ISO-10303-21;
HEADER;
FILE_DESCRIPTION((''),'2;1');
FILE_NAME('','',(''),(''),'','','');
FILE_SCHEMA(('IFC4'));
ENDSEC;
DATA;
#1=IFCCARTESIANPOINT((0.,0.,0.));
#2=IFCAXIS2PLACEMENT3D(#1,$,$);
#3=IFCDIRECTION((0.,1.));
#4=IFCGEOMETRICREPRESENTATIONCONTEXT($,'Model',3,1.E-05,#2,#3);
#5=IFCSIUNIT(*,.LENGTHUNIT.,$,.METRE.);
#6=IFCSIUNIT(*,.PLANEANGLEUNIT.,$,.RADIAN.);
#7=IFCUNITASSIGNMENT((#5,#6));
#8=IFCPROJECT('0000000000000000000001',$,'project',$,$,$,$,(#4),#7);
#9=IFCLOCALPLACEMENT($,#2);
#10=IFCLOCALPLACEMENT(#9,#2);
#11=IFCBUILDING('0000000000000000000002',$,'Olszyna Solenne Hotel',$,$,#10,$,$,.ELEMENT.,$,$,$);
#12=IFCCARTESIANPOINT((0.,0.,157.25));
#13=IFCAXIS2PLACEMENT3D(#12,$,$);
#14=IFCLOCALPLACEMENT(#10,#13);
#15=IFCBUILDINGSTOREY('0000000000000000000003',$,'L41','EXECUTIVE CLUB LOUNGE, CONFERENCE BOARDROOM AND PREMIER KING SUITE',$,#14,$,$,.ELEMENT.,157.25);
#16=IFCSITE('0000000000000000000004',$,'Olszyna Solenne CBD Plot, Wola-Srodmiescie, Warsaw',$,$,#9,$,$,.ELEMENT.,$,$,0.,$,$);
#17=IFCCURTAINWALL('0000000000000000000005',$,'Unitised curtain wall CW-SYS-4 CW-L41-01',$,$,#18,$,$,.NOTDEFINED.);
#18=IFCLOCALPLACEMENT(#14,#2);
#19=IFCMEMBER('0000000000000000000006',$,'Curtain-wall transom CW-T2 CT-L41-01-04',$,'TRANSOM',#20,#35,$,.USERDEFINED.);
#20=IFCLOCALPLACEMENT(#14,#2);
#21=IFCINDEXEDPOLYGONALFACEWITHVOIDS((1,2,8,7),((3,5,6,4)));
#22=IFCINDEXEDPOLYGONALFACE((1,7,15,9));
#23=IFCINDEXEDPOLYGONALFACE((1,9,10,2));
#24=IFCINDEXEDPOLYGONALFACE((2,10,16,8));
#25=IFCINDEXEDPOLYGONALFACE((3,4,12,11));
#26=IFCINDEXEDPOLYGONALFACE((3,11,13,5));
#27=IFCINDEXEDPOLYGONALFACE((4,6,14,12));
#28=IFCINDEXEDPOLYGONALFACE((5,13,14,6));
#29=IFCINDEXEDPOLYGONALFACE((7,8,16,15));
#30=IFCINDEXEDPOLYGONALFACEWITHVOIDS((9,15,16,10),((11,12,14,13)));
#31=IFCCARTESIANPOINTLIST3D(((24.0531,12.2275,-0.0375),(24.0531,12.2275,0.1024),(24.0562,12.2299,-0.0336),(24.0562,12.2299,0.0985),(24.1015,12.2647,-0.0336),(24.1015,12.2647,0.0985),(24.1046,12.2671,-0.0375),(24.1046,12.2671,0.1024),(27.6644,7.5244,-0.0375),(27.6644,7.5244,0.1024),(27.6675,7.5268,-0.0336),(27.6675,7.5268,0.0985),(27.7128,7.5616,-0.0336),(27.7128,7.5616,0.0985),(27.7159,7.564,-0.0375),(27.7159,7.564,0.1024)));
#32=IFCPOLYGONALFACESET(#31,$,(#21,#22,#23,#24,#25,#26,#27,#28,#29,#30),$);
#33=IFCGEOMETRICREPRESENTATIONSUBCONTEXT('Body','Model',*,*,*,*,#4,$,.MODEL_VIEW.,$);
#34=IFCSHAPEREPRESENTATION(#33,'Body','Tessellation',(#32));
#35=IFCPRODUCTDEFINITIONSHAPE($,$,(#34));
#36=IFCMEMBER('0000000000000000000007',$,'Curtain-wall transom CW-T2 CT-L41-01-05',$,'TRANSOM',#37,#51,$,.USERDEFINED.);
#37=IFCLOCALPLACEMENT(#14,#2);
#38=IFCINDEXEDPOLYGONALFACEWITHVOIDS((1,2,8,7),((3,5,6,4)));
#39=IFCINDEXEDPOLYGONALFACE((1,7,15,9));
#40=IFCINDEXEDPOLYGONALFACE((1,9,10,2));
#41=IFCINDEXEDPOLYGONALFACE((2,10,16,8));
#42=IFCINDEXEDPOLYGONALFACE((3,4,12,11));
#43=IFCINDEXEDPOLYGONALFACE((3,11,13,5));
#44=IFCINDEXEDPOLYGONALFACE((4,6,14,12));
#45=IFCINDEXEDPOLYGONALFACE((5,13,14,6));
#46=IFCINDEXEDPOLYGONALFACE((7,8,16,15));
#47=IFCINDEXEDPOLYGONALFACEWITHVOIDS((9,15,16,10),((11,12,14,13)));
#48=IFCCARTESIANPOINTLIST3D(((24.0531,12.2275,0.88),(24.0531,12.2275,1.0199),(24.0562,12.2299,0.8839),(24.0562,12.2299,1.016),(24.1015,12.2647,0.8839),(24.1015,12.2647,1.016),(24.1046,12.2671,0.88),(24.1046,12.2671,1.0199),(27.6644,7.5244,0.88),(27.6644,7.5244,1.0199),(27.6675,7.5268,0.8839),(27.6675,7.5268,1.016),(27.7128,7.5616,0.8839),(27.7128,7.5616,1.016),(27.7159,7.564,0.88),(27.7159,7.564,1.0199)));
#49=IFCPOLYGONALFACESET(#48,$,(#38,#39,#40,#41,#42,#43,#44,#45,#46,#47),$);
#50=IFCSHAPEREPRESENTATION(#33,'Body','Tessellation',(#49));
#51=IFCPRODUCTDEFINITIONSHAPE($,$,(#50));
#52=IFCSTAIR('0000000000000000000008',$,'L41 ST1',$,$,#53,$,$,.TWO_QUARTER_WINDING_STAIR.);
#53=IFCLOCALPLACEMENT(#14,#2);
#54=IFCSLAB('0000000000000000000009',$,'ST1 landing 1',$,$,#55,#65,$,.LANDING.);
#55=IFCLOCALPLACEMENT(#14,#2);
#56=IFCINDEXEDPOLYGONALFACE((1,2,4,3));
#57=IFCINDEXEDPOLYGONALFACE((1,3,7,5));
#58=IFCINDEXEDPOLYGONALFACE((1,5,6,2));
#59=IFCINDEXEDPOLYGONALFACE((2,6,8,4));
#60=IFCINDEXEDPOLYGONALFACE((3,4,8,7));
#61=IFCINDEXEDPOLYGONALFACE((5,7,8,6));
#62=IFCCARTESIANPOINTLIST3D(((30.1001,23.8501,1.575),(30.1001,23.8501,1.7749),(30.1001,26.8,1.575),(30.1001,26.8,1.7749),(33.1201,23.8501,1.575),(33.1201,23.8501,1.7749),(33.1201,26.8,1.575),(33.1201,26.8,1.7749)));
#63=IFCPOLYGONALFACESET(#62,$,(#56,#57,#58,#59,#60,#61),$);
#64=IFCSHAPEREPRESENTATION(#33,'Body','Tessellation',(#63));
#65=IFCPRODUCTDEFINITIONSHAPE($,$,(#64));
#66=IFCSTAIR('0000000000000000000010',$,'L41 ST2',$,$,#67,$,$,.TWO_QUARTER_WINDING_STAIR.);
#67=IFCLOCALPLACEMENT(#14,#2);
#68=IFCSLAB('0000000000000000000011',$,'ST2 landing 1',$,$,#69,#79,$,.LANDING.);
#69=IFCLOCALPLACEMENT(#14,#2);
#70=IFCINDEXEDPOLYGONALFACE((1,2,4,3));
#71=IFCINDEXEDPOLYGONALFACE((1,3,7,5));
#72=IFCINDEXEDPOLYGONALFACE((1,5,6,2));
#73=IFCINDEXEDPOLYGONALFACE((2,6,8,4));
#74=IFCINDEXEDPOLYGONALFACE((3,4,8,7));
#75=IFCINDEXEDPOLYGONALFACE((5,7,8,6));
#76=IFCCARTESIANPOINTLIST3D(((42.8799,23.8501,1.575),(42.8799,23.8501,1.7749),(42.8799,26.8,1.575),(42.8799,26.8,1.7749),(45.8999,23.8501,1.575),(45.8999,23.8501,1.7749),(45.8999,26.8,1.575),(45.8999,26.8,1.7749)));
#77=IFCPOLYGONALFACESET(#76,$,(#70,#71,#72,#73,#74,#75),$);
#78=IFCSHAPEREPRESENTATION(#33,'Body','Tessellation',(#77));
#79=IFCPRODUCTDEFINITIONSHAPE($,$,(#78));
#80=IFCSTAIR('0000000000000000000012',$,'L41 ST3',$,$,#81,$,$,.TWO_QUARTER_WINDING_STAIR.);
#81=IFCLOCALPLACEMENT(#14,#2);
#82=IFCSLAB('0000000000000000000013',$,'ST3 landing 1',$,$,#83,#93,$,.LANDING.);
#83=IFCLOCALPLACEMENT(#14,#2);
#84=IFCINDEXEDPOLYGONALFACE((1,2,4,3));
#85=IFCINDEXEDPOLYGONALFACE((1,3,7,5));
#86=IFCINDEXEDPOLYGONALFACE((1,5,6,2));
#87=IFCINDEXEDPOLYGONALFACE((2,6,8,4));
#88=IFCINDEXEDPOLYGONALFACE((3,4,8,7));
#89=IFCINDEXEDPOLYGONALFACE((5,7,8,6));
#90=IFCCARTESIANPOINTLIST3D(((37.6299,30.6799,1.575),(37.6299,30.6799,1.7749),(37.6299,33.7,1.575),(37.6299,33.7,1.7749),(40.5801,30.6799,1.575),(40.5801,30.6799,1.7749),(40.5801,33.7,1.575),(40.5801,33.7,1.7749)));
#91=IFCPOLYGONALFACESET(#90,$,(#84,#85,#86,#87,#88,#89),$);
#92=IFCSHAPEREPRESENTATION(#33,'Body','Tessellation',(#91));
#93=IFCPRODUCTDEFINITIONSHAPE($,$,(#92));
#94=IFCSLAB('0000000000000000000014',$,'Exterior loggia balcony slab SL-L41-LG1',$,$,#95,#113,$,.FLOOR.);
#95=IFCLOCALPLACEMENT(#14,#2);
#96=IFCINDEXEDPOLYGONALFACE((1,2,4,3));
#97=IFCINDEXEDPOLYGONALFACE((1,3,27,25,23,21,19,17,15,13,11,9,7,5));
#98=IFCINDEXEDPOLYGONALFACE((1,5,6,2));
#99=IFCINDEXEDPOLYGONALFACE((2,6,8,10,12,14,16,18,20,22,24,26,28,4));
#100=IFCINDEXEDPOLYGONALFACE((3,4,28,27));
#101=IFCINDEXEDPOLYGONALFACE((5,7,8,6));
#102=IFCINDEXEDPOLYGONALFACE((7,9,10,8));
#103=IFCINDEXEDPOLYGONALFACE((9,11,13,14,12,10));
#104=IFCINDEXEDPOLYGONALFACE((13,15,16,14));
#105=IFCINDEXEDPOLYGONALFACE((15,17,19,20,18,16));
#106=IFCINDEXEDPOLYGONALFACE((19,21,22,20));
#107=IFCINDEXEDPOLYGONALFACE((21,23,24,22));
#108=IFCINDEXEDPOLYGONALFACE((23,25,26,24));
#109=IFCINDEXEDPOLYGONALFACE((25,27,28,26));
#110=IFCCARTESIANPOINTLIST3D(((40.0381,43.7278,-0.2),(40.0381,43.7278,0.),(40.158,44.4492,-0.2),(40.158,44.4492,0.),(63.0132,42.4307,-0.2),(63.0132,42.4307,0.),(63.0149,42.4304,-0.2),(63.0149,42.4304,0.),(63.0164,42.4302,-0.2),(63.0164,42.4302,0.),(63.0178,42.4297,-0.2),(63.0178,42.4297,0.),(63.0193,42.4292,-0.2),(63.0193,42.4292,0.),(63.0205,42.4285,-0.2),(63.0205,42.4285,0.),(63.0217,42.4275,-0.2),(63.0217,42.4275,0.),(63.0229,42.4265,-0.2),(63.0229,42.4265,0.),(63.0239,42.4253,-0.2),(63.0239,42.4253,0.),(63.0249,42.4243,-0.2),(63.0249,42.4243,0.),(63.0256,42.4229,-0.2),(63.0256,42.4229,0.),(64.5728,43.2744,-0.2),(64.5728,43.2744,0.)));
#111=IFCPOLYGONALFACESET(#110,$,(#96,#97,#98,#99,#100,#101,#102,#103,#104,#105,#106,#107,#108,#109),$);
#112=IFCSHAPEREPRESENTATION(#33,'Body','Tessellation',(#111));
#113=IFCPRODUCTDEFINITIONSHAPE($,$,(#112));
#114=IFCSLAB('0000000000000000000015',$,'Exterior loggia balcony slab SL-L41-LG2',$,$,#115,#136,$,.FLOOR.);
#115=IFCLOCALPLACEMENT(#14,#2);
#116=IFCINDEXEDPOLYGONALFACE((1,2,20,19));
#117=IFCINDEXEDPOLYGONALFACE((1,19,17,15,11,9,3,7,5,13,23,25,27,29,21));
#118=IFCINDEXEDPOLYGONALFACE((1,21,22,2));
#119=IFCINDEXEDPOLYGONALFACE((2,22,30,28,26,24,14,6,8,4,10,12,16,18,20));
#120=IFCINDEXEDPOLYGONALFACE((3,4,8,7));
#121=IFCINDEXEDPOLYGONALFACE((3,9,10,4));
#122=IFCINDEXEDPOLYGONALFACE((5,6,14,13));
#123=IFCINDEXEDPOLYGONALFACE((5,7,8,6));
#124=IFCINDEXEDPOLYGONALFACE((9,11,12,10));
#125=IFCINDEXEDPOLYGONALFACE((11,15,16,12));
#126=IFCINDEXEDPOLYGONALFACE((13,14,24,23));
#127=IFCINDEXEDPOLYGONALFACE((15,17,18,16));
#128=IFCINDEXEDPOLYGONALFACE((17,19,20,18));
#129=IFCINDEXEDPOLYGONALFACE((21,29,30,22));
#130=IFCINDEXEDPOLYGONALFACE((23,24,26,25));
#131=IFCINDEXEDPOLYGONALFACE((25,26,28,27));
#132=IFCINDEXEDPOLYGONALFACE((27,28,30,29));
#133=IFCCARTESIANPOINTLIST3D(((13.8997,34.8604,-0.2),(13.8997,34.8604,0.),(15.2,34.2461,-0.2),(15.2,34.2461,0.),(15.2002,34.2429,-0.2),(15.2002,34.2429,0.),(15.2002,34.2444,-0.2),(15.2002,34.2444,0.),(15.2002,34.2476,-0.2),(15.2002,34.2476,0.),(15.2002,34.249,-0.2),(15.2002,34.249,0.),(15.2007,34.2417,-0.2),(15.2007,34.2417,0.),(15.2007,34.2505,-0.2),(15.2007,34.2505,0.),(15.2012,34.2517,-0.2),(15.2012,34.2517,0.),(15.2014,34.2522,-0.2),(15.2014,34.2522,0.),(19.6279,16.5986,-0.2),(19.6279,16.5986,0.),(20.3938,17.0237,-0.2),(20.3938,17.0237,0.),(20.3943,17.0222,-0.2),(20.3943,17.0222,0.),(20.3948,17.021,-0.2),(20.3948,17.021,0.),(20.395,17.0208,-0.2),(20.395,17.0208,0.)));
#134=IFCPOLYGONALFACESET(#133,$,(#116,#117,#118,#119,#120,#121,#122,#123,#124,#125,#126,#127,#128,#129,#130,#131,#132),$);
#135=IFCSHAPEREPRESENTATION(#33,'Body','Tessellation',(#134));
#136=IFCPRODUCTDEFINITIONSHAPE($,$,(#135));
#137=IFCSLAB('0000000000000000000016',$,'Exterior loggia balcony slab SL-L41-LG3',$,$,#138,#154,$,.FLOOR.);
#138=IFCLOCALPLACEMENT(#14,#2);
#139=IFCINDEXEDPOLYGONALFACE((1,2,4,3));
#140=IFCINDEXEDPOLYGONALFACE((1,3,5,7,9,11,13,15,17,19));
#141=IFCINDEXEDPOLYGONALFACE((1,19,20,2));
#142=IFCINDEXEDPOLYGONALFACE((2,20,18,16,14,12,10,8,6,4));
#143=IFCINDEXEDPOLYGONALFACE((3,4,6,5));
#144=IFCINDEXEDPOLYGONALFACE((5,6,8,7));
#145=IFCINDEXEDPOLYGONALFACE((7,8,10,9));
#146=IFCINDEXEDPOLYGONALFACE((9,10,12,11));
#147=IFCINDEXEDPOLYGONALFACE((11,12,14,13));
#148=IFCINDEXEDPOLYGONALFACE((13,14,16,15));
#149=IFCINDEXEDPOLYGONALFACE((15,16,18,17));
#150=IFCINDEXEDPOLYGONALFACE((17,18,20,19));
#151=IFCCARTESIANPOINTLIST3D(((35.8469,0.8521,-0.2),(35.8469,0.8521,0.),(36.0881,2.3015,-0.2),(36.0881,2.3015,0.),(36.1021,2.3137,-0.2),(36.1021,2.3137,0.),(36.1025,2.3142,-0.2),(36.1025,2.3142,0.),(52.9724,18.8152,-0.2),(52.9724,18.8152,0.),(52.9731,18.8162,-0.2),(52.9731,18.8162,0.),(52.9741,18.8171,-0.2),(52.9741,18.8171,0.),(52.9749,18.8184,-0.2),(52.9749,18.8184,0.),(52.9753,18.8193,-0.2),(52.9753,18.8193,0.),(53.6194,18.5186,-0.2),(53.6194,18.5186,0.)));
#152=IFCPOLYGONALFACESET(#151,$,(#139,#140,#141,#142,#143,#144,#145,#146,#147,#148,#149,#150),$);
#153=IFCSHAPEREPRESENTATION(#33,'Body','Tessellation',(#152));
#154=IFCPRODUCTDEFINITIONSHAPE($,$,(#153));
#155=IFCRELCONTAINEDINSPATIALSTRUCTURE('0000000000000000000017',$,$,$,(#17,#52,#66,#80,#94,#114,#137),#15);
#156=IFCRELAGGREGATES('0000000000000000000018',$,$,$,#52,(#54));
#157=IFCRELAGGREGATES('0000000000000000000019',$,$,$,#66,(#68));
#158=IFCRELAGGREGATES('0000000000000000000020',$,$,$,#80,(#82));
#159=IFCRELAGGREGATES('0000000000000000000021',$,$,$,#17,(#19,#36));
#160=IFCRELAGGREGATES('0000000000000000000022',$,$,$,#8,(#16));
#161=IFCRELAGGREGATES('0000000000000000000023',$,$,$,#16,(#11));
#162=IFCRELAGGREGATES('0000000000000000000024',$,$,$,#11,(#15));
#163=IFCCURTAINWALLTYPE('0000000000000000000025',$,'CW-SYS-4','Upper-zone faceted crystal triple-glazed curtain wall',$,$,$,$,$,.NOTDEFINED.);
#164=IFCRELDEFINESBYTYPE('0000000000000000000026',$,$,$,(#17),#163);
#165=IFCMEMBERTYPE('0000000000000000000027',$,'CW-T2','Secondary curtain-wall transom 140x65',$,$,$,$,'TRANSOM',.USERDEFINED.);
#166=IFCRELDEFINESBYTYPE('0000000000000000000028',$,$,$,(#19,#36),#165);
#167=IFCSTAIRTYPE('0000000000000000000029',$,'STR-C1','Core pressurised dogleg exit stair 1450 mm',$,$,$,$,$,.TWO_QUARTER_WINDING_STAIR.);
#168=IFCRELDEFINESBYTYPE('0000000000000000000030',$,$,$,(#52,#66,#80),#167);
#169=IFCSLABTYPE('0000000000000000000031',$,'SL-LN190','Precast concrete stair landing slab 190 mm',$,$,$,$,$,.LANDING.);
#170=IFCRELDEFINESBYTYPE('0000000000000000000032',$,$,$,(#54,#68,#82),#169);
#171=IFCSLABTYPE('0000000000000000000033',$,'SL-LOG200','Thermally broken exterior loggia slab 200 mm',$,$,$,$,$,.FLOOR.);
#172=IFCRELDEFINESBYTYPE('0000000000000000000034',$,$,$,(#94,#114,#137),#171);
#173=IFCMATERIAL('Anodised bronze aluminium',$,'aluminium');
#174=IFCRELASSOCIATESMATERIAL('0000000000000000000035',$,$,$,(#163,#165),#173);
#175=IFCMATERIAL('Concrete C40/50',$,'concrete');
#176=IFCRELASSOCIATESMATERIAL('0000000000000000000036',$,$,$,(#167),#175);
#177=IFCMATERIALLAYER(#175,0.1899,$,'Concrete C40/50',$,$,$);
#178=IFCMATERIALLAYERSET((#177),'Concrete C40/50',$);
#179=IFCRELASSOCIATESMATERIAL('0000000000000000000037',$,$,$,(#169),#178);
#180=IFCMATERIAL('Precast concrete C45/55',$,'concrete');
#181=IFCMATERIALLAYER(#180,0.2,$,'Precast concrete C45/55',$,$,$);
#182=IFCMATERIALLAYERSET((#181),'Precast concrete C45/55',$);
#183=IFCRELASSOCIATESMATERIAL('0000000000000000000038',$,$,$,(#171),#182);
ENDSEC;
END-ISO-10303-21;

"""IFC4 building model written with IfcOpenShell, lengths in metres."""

from ifc_helpers import new_model, si_unit, direction, frame, origin, origin_2d, place, context, subcontext, project, spatial, polyline, hollow_rectangle, outline, extrude, source, transform, mapped, material, layer, layer_set, material_profile, profile_set, type_object, element, aggregate, save


model = new_model("IFC4")

# Units and contexts
model_context = context("Model", 3, precision=1e-05, world=origin(), true_north=direction((0.0, 1.0)))
body_context = subcontext(model_context, "Body", "Model", "MODEL_VIEW")
ifc_project = project(units=[si_unit("LENGTHUNIT", "METRE"), si_unit("PLANEANGLEUNIT", "RADIAN")], contexts=[model_context])

# Site, building, storey
site_placement = place(None, origin())
site = spatial("IfcSite", under=ifc_project, at=site_placement, Name="Olszyna Solenne CBD Plot, Wola-Srodmiescie, Warsaw", CompositionType="ELEMENT", RefElevation=0.0)
building_placement = place(site_placement, origin())
building = spatial("IfcBuilding", under=site, at=building_placement, Name="Olszyna Solenne Hotel", CompositionType="ELEMENT")
storey_placement = place(building_placement, frame((0.0, 0.0, 157.25)))
storey = spatial("IfcBuildingStorey", under=building, at=storey_placement, Name="L41", Description="EXECUTIVE CLUB LOUNGE, CONFERENCE BOARDROOM AND PREMIER KING SUITE", CompositionType="ELEMENT", Elevation=157.25)

# Curtain wall, members
ifc_material_1 = material(Name="Anodised bronze aluminium", Category="aluminium")
curtain_wall_type = type_object("IfcCurtainWallType", Name="CW-SYS-4", Description="Upper-zone faceted crystal triple-glazed curtain wall", PredefinedType="NOTDEFINED", material=ifc_material_1)
curtain_wall_placement = place(storey_placement, origin())
curtain_wall = element("IfcCurtainWall", 1, at=curtain_wall_placement, inside=storey, type_object=curtain_wall_type, Name="Unitised curtain wall CW-SYS-4 CW-L41-01", PredefinedType="NOTDEFINED")
ifc_material_profile_1 = material_profile(ifc_material_1, hollow_rectangle(XDim=0.0649, YDim=0.1399, WallThickness=0.0039, at=origin_2d()), Name="TRAN 140x65x4", Category="load-bearing")
ifc_profile_set_1 = profile_set([ifc_material_profile_1], Name="Anodised bronze aluminium")
member_type_1 = type_object("IfcMemberType", Name="CW-T2", Description="Secondary curtain-wall transom 140x65", ElementType="TRANSOM", PredefinedType="USERDEFINED", material=ifc_profile_set_1)
shared_shape_1 = source(origin(), body_context, "Body", "SweptSolid", [
    extrude(hollow_rectangle(XDim=0.0649, YDim=0.1399, WallThickness=0.0039, at=origin_2d()), origin(), (0.0, 0.0, 1.0), 5.9297),
])
member_1_placement = place(storey_placement, frame((24.0789, 12.2473, 0.0325), z_axis=(0.609026, -0.79315, 0.0), x_axis=(0.79315, 0.609026, 0.0)))
member_1 = element("IfcMember", 2, at=member_1_placement, type_object=member_type_1, Name="Curtain-wall transom CW-T2 CT-L41-01-04", ObjectType="TRANSOM", PredefinedType="USERDEFINED", context=body_context, shape_type="MappedRepresentation", body=[
    mapped(shared_shape_1, transform((0.0, 0.0, 0.0), x_axis=(1.0, 0.0, 0.0), y_axis=(0.0, 1.0, 0.0), z_axis=(0.0, 0.0, 1.0), scale=1.0)),
])
member_2_placement = place(storey_placement, frame((24.0789, 12.2473, 0.95), z_axis=(0.609026, -0.79315, 0.0), x_axis=(0.79315, 0.609026, 0.0)))
member_2 = element("IfcMember", 3, at=member_2_placement, type_object=member_type_1, Name="Curtain-wall transom CW-T2 CT-L41-01-05", ObjectType="TRANSOM", PredefinedType="USERDEFINED", context=body_context, shape_type="MappedRepresentation", body=[
    mapped(shared_shape_1, transform((0.0, 0.0, 0.0), x_axis=(1.0, 0.0, 0.0), y_axis=(0.0, 1.0, 0.0), z_axis=(0.0, 0.0, 1.0), scale=1.0)),
])

# Stairs, slabs
ifc_material_2 = material(Name="Concrete C40/50", Category="concrete")
stair_type = type_object("IfcStairType", Name="STR-C1", Description="Core pressurised dogleg exit stair 1450 mm", PredefinedType="TWO_QUARTER_WINDING_STAIR", material=ifc_material_2)
stair_1_placement = place(storey_placement, origin())
stair_1 = element("IfcStair", 4, at=stair_1_placement, inside=storey, type_object=stair_type, Name="L41 ST1", PredefinedType="TWO_QUARTER_WINDING_STAIR")
ifc_layer_1 = layer(ifc_material_2, 0.1899, Name="Concrete C40/50")
ifc_layer_set_1 = layer_set([ifc_layer_1], Name="Concrete C40/50")
slab_type_1 = type_object("IfcSlabType", Name="SL-LN190", Description="Precast concrete stair landing slab 190 mm", PredefinedType="LANDING", material=ifc_layer_set_1)
slab_1_placement = place(storey_placement, frame((0.0, 0.0, 1.575)))
slab_1 = element("IfcSlab", 5, at=slab_1_placement, type_object=slab_type_1, Name="ST1 landing 1", PredefinedType="LANDING", context=body_context, shape_type="SweptSolid", body=[
    extrude(outline(polyline([(33.1201, 23.8501), (33.1201, 26.8), (30.1001, 26.8), (30.1001, 23.8501), (33.1201, 23.8501)])), origin(), (0.0, 0.0, 1.0), 0.2),
])
aggregate(stair_1, [slab_1])
stair_2_placement = place(storey_placement, origin())
stair_2 = element("IfcStair", 6, at=stair_2_placement, inside=storey, type_object=stair_type, Name="L41 ST2", PredefinedType="TWO_QUARTER_WINDING_STAIR")
slab_2_placement = place(storey_placement, frame((0.0, 0.0, 1.575)))
slab_2 = element("IfcSlab", 7, at=slab_2_placement, type_object=slab_type_1, Name="ST2 landing 1", PredefinedType="LANDING", context=body_context, shape_type="SweptSolid", body=[
    extrude(outline(polyline([(45.8999, 23.8501), (45.8999, 26.8), (42.8799, 26.8), (42.8799, 23.8501), (45.8999, 23.8501)])), origin(), (0.0, 0.0, 1.0), 0.2),
])
aggregate(stair_2, [slab_2])
stair_3_placement = place(storey_placement, origin())
stair_3 = element("IfcStair", 8, at=stair_3_placement, inside=storey, type_object=stair_type, Name="L41 ST3", PredefinedType="TWO_QUARTER_WINDING_STAIR")
slab_3_placement = place(storey_placement, frame((0.0, 0.0, 1.575)))
slab_3 = element("IfcSlab", 9, at=slab_3_placement, type_object=slab_type_1, Name="ST3 landing 1", PredefinedType="LANDING", context=body_context, shape_type="SweptSolid", body=[
    extrude(outline(polyline([(37.6299, 30.6799), (40.5801, 30.6799), (40.5801, 33.7), (37.6299, 33.7), (37.6299, 30.6799)])), origin(), (0.0, 0.0, 1.0), 0.2),
])
aggregate(stair_3, [slab_3])

# Slabs
ifc_material_3 = material(Name="Precast concrete C45/55", Category="concrete")
ifc_layer_2 = layer(ifc_material_3, 0.2, Name="Precast concrete C45/55")
ifc_layer_set_2 = layer_set([ifc_layer_2], Name="Precast concrete C45/55")
slab_type_2 = type_object("IfcSlabType", Name="SL-LOG200", Description="Thermally broken exterior loggia slab 200 mm", PredefinedType="FLOOR", material=ifc_layer_set_2)
slab_4_placement = place(storey_placement, frame((0.0, 0.0, -0.2)))
element("IfcSlab", 10, at=slab_4_placement, inside=storey, type_object=slab_type_2, Name="Exterior loggia balcony slab SL-L41-LG1", PredefinedType="FLOOR", context=body_context, shape_type="SweptSolid", body=[
    extrude(outline(polyline([(40.0381, 43.7278), (63.0132, 42.4307), (63.0149, 42.4304), (63.0164, 42.4302), (63.0178, 42.4297), (63.0193, 42.4292), (63.0205, 42.4285), (63.0217, 42.4275), (63.0229, 42.4265), (63.0239, 42.4253), (63.0249, 42.4243), (63.0256, 42.4229), (64.5728, 43.2744), (40.158, 44.4492), (40.0381, 43.7278)])), origin(), (0.0, 0.0, 1.0), 0.2),
])
slab_5_placement = place(storey_placement, frame((0.0, 0.0, -0.2)))
element("IfcSlab", 11, at=slab_5_placement, inside=storey, type_object=slab_type_2, Name="Exterior loggia balcony slab SL-L41-LG2", PredefinedType="FLOOR", context=body_context, shape_type="SweptSolid", body=[
    extrude(outline(polyline([(20.395, 17.0208), (20.3948, 17.021), (20.3943, 17.0222), (20.3938, 17.0237), (15.2007, 34.2417), (15.2002, 34.2429), (15.2002, 34.2444), (15.2, 34.2461), (15.2002, 34.2476), (15.2002, 34.249), (15.2007, 34.2505), (15.2012, 34.2517), (15.2014, 34.2522), (13.8997, 34.8604), (19.6279, 16.5986), (20.395, 17.0208)])), origin(), (0.0, 0.0, 1.0), 0.2),
])
slab_6_placement = place(storey_placement, frame((0.0, 0.0, -0.2)))
element("IfcSlab", 12, at=slab_6_placement, inside=storey, type_object=slab_type_2, Name="Exterior loggia balcony slab SL-L41-LG3", PredefinedType="FLOOR", context=body_context, shape_type="SweptSolid", body=[
    extrude(outline(polyline([(52.9753, 18.8193), (52.9749, 18.8184), (52.9741, 18.8171), (52.9731, 18.8162), (52.9724, 18.8152), (36.1025, 2.3142), (36.1021, 2.3137), (36.0881, 2.3015), (35.8469, 0.8521), (53.6194, 18.5186), (52.9753, 18.8193)])), origin(), (0.0, 0.0, 1.0), 0.2),
])

aggregate(curtain_wall, [member_1, member_2])

save(model, "model.ifc")
